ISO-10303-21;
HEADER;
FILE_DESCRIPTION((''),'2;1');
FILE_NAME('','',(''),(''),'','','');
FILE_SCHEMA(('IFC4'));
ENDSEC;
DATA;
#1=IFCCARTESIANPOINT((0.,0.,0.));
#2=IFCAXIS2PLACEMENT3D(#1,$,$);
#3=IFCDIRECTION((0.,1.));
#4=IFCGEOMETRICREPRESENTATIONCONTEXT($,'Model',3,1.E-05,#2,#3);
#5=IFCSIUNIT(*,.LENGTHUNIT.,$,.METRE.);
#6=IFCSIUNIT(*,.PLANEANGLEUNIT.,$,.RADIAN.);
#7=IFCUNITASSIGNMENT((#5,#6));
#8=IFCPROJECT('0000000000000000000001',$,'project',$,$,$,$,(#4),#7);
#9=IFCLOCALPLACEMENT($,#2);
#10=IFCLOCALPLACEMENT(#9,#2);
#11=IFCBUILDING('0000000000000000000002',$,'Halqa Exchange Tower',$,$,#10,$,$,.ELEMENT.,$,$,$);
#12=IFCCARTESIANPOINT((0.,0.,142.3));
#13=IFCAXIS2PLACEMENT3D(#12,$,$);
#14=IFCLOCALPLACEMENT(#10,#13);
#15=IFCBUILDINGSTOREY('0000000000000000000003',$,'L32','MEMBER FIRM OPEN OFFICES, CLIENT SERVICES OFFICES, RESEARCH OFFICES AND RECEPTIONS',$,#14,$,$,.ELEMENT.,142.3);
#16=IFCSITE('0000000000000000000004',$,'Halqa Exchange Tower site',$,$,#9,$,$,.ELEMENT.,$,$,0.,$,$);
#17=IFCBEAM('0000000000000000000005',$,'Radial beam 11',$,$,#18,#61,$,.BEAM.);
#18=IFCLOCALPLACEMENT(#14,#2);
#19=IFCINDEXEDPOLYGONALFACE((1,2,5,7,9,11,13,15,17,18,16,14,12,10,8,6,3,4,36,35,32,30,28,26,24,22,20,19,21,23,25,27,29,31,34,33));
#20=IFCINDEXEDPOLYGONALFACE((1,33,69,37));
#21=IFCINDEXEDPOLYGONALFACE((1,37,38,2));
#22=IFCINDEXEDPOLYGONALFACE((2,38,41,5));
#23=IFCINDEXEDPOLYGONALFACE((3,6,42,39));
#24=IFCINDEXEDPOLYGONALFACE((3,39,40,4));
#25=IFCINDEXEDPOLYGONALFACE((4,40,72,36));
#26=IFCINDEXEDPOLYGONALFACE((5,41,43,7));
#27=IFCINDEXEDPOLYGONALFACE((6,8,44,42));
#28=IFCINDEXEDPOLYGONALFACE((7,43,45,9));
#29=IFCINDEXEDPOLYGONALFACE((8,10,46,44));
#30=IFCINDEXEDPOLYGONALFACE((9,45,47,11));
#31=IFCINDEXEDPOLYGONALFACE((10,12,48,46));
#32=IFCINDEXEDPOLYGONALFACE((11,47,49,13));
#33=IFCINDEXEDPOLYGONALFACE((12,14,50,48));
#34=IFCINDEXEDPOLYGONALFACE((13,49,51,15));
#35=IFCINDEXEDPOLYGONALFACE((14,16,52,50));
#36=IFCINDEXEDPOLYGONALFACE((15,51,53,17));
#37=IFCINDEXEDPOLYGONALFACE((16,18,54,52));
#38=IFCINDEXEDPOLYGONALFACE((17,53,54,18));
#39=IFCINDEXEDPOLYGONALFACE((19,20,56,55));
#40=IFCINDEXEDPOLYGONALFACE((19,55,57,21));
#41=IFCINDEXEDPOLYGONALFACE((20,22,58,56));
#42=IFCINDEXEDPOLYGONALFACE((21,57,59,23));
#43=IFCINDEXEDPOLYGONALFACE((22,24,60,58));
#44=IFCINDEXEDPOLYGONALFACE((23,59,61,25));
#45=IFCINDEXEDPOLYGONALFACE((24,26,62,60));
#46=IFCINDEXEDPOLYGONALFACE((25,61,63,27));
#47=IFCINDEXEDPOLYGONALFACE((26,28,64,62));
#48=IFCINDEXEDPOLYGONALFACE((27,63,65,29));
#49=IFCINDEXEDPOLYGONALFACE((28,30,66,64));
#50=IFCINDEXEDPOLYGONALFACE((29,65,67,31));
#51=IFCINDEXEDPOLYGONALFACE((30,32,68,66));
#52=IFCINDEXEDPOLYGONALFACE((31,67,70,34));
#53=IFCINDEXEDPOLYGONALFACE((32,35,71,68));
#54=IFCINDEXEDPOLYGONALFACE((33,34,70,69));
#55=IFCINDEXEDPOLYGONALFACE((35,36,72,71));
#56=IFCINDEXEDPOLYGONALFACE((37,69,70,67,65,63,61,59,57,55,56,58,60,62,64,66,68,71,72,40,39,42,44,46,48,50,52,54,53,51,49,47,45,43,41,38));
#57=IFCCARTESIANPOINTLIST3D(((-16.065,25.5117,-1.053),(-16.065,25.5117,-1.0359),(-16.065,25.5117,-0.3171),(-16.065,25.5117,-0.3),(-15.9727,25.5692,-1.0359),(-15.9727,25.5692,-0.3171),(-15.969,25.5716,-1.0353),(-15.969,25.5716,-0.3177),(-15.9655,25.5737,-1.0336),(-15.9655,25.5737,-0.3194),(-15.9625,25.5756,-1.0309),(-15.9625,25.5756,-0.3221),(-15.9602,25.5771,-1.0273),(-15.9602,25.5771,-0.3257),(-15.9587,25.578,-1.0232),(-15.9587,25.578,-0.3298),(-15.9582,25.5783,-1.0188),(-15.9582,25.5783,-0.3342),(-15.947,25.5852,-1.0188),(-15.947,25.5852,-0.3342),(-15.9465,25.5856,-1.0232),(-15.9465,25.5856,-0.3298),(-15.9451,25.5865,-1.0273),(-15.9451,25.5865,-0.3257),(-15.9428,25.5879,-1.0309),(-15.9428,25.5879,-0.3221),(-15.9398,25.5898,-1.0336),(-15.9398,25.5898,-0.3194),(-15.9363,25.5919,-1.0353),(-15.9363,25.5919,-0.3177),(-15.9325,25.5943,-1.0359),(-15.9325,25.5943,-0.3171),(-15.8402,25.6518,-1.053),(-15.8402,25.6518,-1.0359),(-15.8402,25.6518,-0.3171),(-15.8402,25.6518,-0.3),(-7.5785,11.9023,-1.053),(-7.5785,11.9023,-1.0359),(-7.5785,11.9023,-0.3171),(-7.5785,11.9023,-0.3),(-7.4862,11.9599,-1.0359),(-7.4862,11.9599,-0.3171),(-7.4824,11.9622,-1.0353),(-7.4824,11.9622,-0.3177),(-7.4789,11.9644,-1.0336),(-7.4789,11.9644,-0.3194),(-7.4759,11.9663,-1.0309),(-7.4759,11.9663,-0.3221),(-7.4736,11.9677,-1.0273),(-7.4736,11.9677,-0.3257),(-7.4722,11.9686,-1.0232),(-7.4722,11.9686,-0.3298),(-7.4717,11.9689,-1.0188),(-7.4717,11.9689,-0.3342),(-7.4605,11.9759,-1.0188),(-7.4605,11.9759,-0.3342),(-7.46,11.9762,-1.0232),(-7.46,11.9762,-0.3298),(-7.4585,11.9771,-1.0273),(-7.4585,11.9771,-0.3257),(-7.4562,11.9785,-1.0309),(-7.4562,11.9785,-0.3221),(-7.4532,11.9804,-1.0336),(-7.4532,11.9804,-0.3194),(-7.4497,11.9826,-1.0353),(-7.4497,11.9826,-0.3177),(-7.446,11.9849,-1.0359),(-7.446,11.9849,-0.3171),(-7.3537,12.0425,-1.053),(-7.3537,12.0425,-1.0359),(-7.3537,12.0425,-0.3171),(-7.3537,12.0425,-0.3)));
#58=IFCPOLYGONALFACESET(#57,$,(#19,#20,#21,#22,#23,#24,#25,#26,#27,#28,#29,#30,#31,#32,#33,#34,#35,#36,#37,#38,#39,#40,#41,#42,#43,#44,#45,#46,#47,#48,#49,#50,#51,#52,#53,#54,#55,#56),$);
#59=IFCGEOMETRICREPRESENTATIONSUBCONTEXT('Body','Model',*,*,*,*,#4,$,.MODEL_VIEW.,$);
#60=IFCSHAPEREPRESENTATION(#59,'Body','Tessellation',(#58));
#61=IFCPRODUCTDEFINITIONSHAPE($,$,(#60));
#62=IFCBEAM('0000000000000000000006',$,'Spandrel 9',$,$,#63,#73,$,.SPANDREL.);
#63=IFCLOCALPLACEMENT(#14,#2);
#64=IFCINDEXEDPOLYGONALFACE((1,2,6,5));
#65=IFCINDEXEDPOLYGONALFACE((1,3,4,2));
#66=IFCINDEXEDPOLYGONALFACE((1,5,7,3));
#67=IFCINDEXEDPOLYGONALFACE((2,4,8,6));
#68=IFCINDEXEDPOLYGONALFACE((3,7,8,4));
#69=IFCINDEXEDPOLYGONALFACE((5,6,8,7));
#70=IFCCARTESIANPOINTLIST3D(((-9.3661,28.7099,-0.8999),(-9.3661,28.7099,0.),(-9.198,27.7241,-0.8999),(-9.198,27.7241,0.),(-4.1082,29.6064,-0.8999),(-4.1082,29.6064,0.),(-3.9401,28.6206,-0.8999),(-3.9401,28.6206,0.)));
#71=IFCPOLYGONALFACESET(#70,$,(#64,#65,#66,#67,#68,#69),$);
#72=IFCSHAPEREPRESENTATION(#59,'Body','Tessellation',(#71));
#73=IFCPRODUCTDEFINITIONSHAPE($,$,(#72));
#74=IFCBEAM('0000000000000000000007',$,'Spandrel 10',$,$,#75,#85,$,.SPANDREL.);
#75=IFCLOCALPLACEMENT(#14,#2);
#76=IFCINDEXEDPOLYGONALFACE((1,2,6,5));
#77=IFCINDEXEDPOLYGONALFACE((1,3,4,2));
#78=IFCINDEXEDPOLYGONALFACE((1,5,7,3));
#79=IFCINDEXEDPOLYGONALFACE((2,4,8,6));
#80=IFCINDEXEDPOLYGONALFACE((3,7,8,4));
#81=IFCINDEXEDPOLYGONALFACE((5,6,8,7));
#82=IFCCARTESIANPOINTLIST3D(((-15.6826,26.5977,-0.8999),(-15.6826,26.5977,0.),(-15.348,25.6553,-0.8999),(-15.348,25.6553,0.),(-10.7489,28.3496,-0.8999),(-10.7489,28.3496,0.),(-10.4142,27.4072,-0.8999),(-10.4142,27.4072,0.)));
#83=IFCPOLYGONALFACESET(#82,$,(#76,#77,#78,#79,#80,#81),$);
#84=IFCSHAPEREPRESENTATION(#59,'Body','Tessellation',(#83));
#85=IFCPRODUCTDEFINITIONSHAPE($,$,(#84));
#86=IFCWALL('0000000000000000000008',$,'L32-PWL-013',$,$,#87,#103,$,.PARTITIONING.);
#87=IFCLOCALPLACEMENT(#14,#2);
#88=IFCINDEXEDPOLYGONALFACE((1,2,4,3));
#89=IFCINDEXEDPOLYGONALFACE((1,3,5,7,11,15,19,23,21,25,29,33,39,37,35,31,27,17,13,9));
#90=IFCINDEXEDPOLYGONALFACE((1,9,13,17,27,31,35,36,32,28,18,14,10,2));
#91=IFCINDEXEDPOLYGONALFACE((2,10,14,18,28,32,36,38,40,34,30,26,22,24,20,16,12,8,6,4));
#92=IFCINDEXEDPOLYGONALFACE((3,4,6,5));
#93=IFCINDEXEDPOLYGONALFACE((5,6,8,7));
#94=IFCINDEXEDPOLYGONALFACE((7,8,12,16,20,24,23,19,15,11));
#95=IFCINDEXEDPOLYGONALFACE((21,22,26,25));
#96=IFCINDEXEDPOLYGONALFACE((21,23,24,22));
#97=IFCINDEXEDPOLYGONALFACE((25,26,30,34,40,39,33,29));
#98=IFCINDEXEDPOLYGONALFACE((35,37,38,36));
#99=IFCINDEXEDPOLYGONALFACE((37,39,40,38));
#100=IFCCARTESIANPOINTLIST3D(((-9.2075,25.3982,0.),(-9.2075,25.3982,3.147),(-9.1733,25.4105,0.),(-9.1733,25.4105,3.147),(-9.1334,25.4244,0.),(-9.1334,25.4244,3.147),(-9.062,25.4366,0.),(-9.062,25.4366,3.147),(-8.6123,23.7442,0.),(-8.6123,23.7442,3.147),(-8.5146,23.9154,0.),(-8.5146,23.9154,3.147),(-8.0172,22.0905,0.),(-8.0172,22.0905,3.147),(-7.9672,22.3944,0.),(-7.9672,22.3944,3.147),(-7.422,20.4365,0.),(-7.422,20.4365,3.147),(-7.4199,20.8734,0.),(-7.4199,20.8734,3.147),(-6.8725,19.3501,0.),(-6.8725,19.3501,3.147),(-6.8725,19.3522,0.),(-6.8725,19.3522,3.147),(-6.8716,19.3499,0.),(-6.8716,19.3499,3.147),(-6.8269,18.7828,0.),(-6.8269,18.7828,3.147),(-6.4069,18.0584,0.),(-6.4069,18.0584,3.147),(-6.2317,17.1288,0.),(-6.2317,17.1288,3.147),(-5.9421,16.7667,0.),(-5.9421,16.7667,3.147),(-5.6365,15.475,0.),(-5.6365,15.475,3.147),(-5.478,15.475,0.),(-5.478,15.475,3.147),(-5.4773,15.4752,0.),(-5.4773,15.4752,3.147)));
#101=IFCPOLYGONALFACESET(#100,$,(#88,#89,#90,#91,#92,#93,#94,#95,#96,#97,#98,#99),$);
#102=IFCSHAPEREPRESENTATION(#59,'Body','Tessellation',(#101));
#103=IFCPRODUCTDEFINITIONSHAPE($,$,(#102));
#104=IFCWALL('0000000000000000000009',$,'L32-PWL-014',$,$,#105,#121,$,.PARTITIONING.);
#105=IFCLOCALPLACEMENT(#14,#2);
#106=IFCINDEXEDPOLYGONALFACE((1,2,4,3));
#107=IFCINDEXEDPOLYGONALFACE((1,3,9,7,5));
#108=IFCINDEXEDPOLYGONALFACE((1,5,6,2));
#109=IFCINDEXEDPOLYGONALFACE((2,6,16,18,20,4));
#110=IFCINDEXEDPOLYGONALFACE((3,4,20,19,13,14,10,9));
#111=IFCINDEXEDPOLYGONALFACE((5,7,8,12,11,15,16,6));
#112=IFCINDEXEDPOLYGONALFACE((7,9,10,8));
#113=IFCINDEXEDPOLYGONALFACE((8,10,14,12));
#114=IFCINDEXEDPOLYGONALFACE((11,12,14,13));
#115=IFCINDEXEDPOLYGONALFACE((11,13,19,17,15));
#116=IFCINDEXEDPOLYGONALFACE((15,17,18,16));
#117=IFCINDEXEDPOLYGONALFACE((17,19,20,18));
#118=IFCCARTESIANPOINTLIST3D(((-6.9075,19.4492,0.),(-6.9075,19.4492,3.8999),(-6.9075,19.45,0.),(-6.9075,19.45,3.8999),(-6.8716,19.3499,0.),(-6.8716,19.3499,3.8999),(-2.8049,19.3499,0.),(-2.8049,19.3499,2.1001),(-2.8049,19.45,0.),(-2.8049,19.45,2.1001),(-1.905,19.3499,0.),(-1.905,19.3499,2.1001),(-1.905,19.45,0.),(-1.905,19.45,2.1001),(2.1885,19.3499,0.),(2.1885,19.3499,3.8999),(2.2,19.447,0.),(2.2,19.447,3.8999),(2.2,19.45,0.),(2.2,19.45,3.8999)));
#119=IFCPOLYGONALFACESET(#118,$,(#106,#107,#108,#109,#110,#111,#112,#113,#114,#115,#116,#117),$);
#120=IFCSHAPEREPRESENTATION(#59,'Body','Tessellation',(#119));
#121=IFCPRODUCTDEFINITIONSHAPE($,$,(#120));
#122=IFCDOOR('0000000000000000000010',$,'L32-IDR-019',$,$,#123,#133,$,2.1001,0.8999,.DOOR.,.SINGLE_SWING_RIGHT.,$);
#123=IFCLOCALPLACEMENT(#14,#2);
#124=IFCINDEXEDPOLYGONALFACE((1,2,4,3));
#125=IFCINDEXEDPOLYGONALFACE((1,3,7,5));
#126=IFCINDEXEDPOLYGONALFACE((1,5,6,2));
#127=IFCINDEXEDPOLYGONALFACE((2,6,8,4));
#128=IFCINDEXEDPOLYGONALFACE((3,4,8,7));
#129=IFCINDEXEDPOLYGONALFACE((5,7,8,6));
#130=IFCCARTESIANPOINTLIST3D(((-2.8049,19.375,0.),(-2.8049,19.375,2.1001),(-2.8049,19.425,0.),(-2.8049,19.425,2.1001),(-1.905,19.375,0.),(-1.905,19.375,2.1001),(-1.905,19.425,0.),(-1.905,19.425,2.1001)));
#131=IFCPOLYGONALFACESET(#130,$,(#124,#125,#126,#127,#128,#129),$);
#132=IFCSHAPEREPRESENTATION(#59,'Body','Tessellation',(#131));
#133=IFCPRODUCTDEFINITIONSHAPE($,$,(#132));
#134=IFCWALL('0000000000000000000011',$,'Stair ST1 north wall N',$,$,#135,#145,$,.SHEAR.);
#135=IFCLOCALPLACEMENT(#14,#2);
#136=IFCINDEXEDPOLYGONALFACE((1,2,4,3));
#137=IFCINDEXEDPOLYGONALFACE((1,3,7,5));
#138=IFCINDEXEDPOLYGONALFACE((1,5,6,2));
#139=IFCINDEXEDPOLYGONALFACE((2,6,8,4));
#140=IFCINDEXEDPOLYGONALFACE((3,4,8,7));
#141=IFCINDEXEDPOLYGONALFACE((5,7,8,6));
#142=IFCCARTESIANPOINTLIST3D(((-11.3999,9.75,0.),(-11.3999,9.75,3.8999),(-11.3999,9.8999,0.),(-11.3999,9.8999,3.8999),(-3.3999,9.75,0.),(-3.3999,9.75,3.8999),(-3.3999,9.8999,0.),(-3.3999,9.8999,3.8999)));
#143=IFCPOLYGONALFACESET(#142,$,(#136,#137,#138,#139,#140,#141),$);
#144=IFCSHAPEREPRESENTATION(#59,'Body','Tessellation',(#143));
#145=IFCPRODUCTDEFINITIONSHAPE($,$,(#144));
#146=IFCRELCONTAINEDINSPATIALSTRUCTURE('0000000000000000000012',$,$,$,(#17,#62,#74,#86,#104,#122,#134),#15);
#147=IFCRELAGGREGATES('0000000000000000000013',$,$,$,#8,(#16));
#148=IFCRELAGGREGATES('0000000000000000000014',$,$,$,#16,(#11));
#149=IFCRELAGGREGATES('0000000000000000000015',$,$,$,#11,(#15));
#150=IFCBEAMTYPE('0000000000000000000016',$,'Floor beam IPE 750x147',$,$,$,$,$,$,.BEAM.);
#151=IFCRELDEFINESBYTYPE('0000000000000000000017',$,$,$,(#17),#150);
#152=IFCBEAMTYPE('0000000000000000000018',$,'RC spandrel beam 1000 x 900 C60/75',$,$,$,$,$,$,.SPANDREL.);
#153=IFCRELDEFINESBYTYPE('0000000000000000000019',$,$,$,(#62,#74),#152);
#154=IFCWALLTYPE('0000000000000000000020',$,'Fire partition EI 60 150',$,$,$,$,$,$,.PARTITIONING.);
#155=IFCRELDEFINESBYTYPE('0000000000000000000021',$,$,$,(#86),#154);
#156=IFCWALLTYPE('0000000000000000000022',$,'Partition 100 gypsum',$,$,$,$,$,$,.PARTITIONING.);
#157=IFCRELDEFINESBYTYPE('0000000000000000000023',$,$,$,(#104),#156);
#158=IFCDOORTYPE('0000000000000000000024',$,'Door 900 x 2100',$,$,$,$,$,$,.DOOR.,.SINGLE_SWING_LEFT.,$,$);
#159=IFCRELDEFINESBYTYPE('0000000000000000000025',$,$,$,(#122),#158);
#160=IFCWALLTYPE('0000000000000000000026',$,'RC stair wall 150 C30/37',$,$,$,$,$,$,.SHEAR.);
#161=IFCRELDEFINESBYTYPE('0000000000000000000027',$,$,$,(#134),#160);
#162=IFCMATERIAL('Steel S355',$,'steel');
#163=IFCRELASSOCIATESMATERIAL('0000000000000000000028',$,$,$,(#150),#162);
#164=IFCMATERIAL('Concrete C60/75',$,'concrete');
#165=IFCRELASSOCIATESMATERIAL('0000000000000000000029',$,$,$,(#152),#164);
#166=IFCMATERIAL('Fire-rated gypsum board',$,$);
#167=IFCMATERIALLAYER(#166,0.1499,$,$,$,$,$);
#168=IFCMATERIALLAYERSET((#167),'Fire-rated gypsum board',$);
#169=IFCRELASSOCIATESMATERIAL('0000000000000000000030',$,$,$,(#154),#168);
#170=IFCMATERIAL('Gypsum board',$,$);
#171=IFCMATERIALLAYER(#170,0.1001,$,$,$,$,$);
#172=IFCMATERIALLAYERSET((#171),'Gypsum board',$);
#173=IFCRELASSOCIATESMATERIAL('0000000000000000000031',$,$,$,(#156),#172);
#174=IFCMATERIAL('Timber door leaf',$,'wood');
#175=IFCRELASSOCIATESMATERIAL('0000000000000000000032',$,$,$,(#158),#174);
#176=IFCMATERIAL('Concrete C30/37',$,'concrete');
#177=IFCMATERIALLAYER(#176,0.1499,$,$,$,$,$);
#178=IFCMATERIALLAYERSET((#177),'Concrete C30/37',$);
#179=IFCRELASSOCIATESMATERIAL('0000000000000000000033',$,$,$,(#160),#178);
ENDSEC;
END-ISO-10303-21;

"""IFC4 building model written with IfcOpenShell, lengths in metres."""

from ifc_helpers import new_model, si_unit, direction, frame, frame_2d, origin, origin_2d, place, context, subcontext, project, spatial, polyline, rectangle, i_section, outline, extrude, material, layer, layer_set, material_profile, profile_set, type_object, element, fill, save


model = new_model("IFC4")

# Units and contexts
model_context = context("Model", 3, precision=1e-05, world=origin(), true_north=direction((0.0, 1.0)))
body_context = subcontext(model_context, "Body", "Model", "MODEL_VIEW")
ifc_project = project(units=[si_unit("LENGTHUNIT", "METRE"), si_unit("PLANEANGLEUNIT", "RADIAN")], contexts=[model_context])

# Site, building, storey
site_placement = place(None, origin())
site = spatial("IfcSite", under=ifc_project, at=site_placement, Name="Halqa Exchange Tower site", CompositionType="ELEMENT", RefElevation=0.0)
building_placement = place(site_placement, origin())
building = spatial("IfcBuilding", under=site, at=building_placement, Name="Halqa Exchange Tower", CompositionType="ELEMENT")
storey_placement = place(building_placement, frame((0.0, 0.0, 142.3)))
storey = spatial("IfcBuildingStorey", under=building, at=storey_placement, Name="L32", Description="MEMBER FIRM OPEN OFFICES, CLIENT SERVICES OFFICES, RESEARCH OFFICES AND RECEPTIONS", CompositionType="ELEMENT", Elevation=142.3)

# Beams
ifc_material_1 = material(Name="Steel S355", Category="steel")
ifc_material_profile_1 = material_profile(ifc_material_1, i_section(OverallWidth=0.2649, OverallDepth=0.7529, WebThickness=0.0132, FlangeThickness=0.0171, FilletRadius=0.0171, at=origin_2d()), Name="IPE 750x147")
ifc_profile_set_1 = profile_set([ifc_material_profile_1], Name="Steel S355")
beam_type_1 = type_object("IfcBeamType", Name="Floor beam IPE 750x147", PredefinedType="BEAM", material=ifc_profile_set_1)
beam_1_placement = place(storey_placement, frame((-7.4661, 11.9724, -0.6765), z_axis=(-0.529134, 0.848538, 0.0), x_axis=(-0.848538, -0.529134, 0.0)))
element("IfcBeam", 1, at=beam_1_placement, inside=storey, type_object=beam_type_1, Name="Radial beam 11", PredefinedType="BEAM", context=body_context, shape_type="SweptSolid", body=[
    extrude(i_section(OverallWidth=0.2649, OverallDepth=0.7529, WebThickness=0.0132, FlangeThickness=0.0171, FilletRadius=0.0171, at=origin_2d()), origin(), (0.0, 0.0, 1.0), 16.0386),
])
ifc_material_2 = material(Name="Concrete C60/75", Category="concrete")
ifc_material_profile_2 = material_profile(ifc_material_2, rectangle(XDim=1.0, YDim=0.8999, at=origin_2d()), Name="1000 x 900")
ifc_profile_set_2 = profile_set([ifc_material_profile_2], Name="Concrete C60/75")
beam_type_2 = type_object("IfcBeamType", Name="RC spandrel beam 1000 x 900 C60/75", PredefinedType="SPANDREL", material=ifc_profile_set_2)
beam_2_placement = place(storey_placement, frame((-4.0242, 29.1135, -0.45), z_axis=(-0.985773, -0.168079, 0.0), x_axis=(0.168079, -0.985773, 0.0)))
element("IfcBeam", 2, at=beam_2_placement, inside=storey, type_object=beam_type_2, Name="Spandrel 9", PredefinedType="SPANDREL", context=body_context, shape_type="SweptSolid", body=[
    extrude(rectangle(XDim=1.0, YDim=0.8999, at=origin_2d()), origin(), (0.0, 0.0, 1.0), 5.3337),
])
beam_3_placement = place(storey_placement, frame((-10.5815, 27.8784, -0.45), z_axis=(-0.942353, -0.33462, 0.0), x_axis=(0.33462, -0.942353, 0.0)))
element("IfcBeam", 3, at=beam_3_placement, inside=storey, type_object=beam_type_2, Name="Spandrel 10", PredefinedType="SPANDREL", context=body_context, shape_type="SweptSolid", body=[
    extrude(rectangle(XDim=1.0, YDim=0.8999, at=origin_2d()), origin(), (0.0, 0.0, 1.0), 5.2356),
])

# Wall
ifc_material_3 = material(Name="Fire-rated gypsum board")
ifc_layer_1 = layer(ifc_material_3, 0.1499)
ifc_layer_set_1 = layer_set([ifc_layer_1], Name="Fire-rated gypsum board")
wall_type_1 = type_object("IfcWallType", Name="Fire partition EI 60 150", PredefinedType="PARTITIONING", material=ifc_layer_set_1)
wall_1_placement = place(storey_placement, frame((-9.137, 25.4236, 0.0), z_axis=(0.0, 0.0, 1.0), x_axis=(0.338603, -0.940929, 0.0)))
element("IfcWall", 4, at=wall_1_placement, inside=storey, type_object=wall_type_1, Name="L32-PWL-013", PredefinedType="PARTITIONING", context=body_context, shape_type="SweptSolid", body=[
    extrude(outline(polyline([(0.0, -0.075), (1.7578, -0.075), (3.5154, -0.075), (5.2732, -0.075), (7.0308, -0.075), (8.7886, -0.075), (10.5461, -0.075), (10.5999, 0.0742), (10.5999, 0.075), (9.2273, 0.075), (7.8545, 0.075), (6.4819, 0.075), (6.4814, 0.0742), (6.4795, 0.075), (4.8628, 0.075), (3.2463, 0.075), (1.6299, 0.075), (0.0132, 0.075), (0.0005, 0.0037), (0.0, -0.0386), (0.0, -0.075)])), origin(), (0.0, 0.0, 1.0), 3.147),
])

# Wall, opening, door
ifc_material_4 = material(Name="Gypsum board")
ifc_layer_2 = layer(ifc_material_4, 0.1001)
ifc_layer_set_2 = layer_set([ifc_layer_2], Name="Gypsum board")
wall_type_2 = type_object("IfcWallType", Name="Partition 100 gypsum", PredefinedType="PARTITIONING", material=ifc_layer_set_2)
wall_2_placement = place(storey_placement, frame((-6.9075, 19.3999, 0.0), z_axis=(0.0, 0.0, 1.0), x_axis=(1.0, 0.0, 0.0)))
wall_2 = element("IfcWall", 5, at=wall_2_placement, inside=storey, type_object=wall_type_2, Name="L32-PWL-014", PredefinedType="PARTITIONING", context=body_context, shape_type="SweptSolid", body=[
    extrude(outline(polyline([(0.0359, -0.05), (1.8479, -0.05), (3.6599, -0.05), (5.4719, -0.05), (7.2839, -0.05), (9.0959, -0.05), (9.1074, 0.0471), (9.1074, 0.05), (7.2859, 0.05), (5.4644, 0.05), (3.6431, 0.05), (1.8215, 0.05), (0.0, 0.05), (0.0, 0.0493), (0.0359, -0.05)])), origin(), (0.0, 0.0, 1.0), 3.8999),
])
opening_1_placement = place(wall_2_placement, frame((4.1025, 0.0, 0.0)))
opening_1 = element("IfcOpeningElement", 6, at=opening_1_placement, cuts=wall_2, PredefinedType="OPENING", context=body_context, shape_type="SweptSolid", body=[
    extrude(rectangle(XDim=0.8999, YDim=2.1001, at=frame_2d((0.45, 1.05))), frame((0.0, 0.062, 0.0), z_axis=(0.0, -1.0, 0.0), x_axis=(1.0, 0.0, 0.0)), (0.0, 0.0, 1.0), 0.124),
])
ifc_material_5 = material(Name="Timber door leaf", Category="wood")
door_type = type_object("IfcDoorType", Name="Door 900 x 2100", OperationType="SINGLE_SWING_LEFT", PredefinedType="DOOR", material=ifc_material_5)
door_placement = place(opening_1_placement, frame((0.8999, 0.0, 0.0), z_axis=(0.0, 0.0, 1.0), x_axis=(-1.0, 0.0, 0.0)))
door = element("IfcDoor", 7, at=door_placement, inside=storey, type_object=door_type, Name="L32-IDR-019", OperationType="SINGLE_SWING_RIGHT", OverallHeight=2.1001, OverallWidth=0.8999, PredefinedType="DOOR", context=body_context, shape_type="SweptSolid", body=[
    extrude(rectangle(XDim=0.8999, YDim=2.1001, at=frame_2d((0.45, 1.05))), frame((0.0, 0.0249, 0.0), z_axis=(0.0, -1.0, 0.0), x_axis=(1.0, 0.0, 0.0)), (0.0, 0.0, 1.0), 0.05),
])
fill(opening_1, door)

# Wall
ifc_material_6 = material(Name="Concrete C30/37", Category="concrete")
ifc_layer_3 = layer(ifc_material_6, 0.1499)
ifc_layer_set_3 = layer_set([ifc_layer_3], Name="Concrete C30/37")
wall_type_3 = type_object("IfcWallType", Name="RC stair wall 150 C30/37", PredefinedType="SHEAR", material=ifc_layer_set_3)
wall_3_placement = place(storey_placement, frame((-11.3999, 9.825, 0.0), z_axis=(0.0, 0.0, 1.0), x_axis=(1.0, 0.0, 0.0)))
element("IfcWall", 8, at=wall_3_placement, inside=storey, type_object=wall_type_3, Name="Stair ST1 north wall N", PredefinedType="SHEAR", context=body_context, shape_type="SweptSolid", body=[
    extrude(rectangle(XDim=8.0, YDim=0.1499, at=frame_2d((4.0, 0.0))), origin(), (0.0, 0.0, 1.0), 3.8999),
])

save(model, "model.ifc")
